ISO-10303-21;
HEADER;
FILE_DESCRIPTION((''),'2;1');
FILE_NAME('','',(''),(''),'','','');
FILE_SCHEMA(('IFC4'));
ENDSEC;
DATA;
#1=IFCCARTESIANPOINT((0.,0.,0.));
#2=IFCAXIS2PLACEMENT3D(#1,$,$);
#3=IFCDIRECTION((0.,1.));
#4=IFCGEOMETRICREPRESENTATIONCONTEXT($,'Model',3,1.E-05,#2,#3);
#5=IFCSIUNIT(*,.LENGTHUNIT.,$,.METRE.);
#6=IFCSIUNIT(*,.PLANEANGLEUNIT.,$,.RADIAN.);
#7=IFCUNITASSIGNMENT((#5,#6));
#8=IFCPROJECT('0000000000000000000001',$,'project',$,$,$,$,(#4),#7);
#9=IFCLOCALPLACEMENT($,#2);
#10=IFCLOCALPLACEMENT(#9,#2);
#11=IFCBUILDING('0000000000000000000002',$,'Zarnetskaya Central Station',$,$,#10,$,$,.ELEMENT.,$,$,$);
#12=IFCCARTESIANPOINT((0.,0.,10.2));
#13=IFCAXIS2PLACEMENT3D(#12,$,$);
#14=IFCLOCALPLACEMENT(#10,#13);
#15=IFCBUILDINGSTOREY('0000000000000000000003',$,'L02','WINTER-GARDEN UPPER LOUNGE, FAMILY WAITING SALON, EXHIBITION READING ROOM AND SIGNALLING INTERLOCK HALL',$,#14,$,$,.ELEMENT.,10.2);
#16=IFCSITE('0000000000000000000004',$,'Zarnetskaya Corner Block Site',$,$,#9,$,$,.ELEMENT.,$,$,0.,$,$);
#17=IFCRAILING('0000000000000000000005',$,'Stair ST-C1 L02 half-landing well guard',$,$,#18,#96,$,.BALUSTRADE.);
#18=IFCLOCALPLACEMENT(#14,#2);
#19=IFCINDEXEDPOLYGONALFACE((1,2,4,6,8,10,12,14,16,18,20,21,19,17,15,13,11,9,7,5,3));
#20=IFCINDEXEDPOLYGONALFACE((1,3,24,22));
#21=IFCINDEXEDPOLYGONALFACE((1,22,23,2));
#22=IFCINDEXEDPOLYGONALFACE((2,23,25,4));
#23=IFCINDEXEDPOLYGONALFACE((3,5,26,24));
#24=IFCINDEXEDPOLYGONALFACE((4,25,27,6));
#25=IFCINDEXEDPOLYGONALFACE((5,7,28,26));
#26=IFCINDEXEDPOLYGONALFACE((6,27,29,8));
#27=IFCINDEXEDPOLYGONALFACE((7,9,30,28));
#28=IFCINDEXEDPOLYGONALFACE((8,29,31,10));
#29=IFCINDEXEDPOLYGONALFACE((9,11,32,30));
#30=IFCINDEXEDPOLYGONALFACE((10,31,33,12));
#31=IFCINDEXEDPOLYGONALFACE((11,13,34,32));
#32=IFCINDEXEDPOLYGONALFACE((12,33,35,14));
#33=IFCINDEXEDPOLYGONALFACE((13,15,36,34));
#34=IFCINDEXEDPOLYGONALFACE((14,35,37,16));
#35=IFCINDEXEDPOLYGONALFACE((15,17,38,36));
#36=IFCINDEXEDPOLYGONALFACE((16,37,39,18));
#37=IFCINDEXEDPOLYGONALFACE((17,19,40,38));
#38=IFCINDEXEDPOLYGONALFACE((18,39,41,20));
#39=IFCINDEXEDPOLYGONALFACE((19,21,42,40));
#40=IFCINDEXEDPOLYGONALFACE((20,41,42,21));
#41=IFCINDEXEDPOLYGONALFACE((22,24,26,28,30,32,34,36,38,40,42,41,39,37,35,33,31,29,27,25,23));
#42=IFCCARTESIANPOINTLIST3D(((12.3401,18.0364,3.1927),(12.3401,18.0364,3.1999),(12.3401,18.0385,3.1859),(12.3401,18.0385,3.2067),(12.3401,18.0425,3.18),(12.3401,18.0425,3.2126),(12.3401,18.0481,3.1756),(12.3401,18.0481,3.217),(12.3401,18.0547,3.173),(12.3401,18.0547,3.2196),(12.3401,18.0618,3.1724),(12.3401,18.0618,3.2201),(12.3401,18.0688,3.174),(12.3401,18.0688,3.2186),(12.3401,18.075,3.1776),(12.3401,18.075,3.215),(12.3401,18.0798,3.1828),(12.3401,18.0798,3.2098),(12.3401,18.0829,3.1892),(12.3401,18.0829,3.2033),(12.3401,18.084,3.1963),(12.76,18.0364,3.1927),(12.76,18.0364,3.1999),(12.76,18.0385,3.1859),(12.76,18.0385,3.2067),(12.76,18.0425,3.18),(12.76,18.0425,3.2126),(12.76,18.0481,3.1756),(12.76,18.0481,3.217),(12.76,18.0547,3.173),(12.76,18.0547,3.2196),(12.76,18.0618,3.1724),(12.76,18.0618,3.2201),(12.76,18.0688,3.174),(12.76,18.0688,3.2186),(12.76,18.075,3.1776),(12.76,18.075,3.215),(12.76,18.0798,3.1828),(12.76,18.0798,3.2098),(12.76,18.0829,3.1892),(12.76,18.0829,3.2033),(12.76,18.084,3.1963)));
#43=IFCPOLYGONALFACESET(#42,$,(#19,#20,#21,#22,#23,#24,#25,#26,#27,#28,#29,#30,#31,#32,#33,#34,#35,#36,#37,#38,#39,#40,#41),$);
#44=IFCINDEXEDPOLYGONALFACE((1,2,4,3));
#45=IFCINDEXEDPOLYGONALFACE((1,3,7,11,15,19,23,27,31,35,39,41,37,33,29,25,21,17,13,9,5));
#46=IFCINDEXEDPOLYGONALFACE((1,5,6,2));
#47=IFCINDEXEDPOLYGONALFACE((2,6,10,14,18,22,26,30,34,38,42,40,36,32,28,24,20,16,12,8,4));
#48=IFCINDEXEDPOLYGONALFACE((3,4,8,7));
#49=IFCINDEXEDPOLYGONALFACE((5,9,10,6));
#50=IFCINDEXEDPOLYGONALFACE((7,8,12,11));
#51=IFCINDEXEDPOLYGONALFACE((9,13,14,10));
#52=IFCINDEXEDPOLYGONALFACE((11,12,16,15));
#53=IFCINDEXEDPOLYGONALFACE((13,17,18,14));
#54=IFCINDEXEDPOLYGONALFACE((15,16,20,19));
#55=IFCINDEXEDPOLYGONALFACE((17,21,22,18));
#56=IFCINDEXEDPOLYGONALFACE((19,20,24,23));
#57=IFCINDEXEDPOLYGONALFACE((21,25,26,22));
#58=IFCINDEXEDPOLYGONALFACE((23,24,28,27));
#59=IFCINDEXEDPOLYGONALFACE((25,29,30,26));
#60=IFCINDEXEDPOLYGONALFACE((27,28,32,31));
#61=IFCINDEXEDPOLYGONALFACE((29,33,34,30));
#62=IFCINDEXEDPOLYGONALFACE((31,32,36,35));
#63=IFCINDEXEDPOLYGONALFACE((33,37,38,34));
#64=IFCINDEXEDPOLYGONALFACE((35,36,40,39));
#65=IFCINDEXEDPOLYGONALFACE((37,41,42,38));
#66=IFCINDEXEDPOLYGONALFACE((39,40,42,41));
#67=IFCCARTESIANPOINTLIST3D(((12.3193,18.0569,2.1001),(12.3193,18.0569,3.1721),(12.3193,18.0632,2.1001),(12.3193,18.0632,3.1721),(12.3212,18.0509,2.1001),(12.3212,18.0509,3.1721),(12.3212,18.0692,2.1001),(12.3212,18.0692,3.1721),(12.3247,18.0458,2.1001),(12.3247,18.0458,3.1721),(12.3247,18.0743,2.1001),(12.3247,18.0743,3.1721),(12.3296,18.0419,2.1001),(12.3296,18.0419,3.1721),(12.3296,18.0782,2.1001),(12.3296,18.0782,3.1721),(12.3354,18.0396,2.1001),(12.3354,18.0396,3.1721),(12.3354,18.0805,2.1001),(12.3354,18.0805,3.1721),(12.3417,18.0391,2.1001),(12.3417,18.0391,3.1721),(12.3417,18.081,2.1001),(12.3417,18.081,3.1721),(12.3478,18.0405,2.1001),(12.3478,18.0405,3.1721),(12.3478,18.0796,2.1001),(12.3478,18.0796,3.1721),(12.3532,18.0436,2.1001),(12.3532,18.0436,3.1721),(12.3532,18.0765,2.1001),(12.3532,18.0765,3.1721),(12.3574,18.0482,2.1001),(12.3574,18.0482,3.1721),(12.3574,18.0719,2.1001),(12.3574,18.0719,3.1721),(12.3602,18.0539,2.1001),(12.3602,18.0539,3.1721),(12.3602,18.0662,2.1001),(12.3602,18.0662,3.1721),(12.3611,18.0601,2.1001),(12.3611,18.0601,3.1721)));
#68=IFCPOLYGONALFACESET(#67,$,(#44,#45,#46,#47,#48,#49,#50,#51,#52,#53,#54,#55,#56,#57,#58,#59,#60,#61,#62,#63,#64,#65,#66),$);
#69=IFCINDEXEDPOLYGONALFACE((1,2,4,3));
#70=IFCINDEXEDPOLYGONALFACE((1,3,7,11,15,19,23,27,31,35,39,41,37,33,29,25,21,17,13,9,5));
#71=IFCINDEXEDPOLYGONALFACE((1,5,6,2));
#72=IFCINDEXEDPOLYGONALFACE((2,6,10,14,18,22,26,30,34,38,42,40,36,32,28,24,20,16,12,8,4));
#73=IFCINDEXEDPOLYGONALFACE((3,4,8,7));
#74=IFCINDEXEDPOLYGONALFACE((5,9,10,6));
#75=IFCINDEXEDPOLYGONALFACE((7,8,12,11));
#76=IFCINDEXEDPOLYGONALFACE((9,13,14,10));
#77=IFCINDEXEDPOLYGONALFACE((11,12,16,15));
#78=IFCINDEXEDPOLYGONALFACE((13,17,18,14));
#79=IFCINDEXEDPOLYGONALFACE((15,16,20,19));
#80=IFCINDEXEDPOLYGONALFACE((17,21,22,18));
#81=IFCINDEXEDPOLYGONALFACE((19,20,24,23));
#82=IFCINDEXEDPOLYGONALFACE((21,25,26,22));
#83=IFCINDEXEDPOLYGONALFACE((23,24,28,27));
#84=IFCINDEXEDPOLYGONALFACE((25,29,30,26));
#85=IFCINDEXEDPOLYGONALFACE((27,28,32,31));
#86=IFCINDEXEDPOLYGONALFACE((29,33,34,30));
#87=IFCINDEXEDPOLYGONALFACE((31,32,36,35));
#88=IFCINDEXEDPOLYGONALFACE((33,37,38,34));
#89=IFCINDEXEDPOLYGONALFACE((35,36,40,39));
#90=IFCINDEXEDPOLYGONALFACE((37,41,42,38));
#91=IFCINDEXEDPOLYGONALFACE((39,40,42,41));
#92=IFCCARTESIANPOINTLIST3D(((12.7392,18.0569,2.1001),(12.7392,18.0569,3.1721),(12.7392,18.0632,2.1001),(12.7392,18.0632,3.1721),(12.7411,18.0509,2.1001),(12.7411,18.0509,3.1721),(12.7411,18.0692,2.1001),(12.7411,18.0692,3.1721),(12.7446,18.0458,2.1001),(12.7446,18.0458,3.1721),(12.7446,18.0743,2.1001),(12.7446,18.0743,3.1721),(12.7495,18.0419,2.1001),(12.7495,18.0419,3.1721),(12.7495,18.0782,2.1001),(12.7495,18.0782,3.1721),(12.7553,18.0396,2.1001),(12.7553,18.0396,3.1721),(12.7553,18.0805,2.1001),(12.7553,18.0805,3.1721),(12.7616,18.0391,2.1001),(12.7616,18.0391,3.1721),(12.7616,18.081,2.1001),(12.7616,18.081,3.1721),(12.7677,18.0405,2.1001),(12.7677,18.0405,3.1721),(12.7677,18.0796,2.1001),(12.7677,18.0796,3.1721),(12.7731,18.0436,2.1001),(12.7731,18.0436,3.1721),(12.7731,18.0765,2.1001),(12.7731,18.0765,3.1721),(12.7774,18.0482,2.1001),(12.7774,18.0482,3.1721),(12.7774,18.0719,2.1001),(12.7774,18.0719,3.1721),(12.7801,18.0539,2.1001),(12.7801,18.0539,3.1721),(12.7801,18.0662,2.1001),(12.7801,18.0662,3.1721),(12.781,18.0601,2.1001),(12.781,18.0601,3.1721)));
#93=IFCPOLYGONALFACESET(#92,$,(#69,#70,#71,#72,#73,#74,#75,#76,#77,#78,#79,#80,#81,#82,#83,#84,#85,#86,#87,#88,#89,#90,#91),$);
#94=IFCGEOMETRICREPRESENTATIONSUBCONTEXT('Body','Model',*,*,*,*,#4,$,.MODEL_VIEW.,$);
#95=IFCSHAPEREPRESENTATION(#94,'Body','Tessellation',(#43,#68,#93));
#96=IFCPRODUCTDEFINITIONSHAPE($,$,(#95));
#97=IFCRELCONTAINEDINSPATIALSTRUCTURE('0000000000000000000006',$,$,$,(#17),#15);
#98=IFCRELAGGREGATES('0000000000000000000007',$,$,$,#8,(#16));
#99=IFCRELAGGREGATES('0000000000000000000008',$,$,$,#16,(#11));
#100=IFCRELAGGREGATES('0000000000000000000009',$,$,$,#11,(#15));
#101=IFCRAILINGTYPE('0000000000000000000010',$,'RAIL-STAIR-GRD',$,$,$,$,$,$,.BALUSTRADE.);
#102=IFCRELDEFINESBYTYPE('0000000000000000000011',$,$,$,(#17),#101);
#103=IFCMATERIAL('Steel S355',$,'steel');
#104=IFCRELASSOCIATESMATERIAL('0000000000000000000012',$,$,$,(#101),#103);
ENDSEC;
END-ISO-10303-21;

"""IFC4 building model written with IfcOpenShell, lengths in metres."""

from ifc_helpers import new_model, si_unit, direction, frame, origin, origin_2d, place, context, subcontext, project, spatial, circle, extrude, material, type_object, element, save


model = new_model("IFC4")

# Units and contexts
model_context = context("Model", 3, precision=1e-05, world=origin(), true_north=direction((0.0, 1.0)))
body_context = subcontext(model_context, "Body", "Model", "MODEL_VIEW")
ifc_project = project(units=[si_unit("LENGTHUNIT", "METRE"), si_unit("PLANEANGLEUNIT", "RADIAN")], contexts=[model_context])

# Site, building, storey
site_placement = place(None, origin())
site = spatial("IfcSite", under=ifc_project, at=site_placement, Name="Zarnetskaya Corner Block Site", CompositionType="ELEMENT", RefElevation=0.0)
building_placement = place(site_placement, origin())
building = spatial("IfcBuilding", under=site, at=building_placement, Name="Zarnetskaya Central Station", CompositionType="ELEMENT")
storey_placement = place(building_placement, frame((0.0, 0.0, 10.2)))
storey = spatial("IfcBuildingStorey", under=building, at=storey_placement, Name="L02", Description="WINTER-GARDEN UPPER LOUNGE, FAMILY WAITING SALON, EXHIBITION READING ROOM AND SIGNALLING INTERLOCK HALL", CompositionType="ELEMENT", Elevation=10.2)

# Shared definitions
ifc_material_1 = material(Name="Steel S355", Category="steel")

# Railing
railing_type_1 = type_object("IfcRailingType", Name="RAIL-STAIR-GRD", PredefinedType="BALUSTRADE", material=ifc_material_1)
railing_1_placement = place(storey_placement, frame((12.3401, 18.0601, 2.1001)))
element("IfcRailing", 1, at=railing_1_placement, inside=storey, type_object=railing_type_1, Name="Stair ST-C1 L02 half-landing well guard", PredefinedType="BALUSTRADE", context=body_context, shape_type="SweptSolid", body=[
    extrude(circle(Radius=0.0239, at=origin_2d()), frame((0.0, 0.0, 1.0962), z_axis=(1.0, 0.0, 0.0), x_axis=(0.0, 1.0, 0.0)), (0.0, 0.0, 1.0), 0.4199),
    extrude(circle(Radius=0.021, at=origin_2d()), origin(), (0.0, 0.0, 1.0), 1.072),
    extrude(circle(Radius=0.021, at=origin_2d()), frame((0.4199, 0.0, 0.0)), (0.0, 0.0, 1.0), 1.072),
])

save(model, "model.ifc")
